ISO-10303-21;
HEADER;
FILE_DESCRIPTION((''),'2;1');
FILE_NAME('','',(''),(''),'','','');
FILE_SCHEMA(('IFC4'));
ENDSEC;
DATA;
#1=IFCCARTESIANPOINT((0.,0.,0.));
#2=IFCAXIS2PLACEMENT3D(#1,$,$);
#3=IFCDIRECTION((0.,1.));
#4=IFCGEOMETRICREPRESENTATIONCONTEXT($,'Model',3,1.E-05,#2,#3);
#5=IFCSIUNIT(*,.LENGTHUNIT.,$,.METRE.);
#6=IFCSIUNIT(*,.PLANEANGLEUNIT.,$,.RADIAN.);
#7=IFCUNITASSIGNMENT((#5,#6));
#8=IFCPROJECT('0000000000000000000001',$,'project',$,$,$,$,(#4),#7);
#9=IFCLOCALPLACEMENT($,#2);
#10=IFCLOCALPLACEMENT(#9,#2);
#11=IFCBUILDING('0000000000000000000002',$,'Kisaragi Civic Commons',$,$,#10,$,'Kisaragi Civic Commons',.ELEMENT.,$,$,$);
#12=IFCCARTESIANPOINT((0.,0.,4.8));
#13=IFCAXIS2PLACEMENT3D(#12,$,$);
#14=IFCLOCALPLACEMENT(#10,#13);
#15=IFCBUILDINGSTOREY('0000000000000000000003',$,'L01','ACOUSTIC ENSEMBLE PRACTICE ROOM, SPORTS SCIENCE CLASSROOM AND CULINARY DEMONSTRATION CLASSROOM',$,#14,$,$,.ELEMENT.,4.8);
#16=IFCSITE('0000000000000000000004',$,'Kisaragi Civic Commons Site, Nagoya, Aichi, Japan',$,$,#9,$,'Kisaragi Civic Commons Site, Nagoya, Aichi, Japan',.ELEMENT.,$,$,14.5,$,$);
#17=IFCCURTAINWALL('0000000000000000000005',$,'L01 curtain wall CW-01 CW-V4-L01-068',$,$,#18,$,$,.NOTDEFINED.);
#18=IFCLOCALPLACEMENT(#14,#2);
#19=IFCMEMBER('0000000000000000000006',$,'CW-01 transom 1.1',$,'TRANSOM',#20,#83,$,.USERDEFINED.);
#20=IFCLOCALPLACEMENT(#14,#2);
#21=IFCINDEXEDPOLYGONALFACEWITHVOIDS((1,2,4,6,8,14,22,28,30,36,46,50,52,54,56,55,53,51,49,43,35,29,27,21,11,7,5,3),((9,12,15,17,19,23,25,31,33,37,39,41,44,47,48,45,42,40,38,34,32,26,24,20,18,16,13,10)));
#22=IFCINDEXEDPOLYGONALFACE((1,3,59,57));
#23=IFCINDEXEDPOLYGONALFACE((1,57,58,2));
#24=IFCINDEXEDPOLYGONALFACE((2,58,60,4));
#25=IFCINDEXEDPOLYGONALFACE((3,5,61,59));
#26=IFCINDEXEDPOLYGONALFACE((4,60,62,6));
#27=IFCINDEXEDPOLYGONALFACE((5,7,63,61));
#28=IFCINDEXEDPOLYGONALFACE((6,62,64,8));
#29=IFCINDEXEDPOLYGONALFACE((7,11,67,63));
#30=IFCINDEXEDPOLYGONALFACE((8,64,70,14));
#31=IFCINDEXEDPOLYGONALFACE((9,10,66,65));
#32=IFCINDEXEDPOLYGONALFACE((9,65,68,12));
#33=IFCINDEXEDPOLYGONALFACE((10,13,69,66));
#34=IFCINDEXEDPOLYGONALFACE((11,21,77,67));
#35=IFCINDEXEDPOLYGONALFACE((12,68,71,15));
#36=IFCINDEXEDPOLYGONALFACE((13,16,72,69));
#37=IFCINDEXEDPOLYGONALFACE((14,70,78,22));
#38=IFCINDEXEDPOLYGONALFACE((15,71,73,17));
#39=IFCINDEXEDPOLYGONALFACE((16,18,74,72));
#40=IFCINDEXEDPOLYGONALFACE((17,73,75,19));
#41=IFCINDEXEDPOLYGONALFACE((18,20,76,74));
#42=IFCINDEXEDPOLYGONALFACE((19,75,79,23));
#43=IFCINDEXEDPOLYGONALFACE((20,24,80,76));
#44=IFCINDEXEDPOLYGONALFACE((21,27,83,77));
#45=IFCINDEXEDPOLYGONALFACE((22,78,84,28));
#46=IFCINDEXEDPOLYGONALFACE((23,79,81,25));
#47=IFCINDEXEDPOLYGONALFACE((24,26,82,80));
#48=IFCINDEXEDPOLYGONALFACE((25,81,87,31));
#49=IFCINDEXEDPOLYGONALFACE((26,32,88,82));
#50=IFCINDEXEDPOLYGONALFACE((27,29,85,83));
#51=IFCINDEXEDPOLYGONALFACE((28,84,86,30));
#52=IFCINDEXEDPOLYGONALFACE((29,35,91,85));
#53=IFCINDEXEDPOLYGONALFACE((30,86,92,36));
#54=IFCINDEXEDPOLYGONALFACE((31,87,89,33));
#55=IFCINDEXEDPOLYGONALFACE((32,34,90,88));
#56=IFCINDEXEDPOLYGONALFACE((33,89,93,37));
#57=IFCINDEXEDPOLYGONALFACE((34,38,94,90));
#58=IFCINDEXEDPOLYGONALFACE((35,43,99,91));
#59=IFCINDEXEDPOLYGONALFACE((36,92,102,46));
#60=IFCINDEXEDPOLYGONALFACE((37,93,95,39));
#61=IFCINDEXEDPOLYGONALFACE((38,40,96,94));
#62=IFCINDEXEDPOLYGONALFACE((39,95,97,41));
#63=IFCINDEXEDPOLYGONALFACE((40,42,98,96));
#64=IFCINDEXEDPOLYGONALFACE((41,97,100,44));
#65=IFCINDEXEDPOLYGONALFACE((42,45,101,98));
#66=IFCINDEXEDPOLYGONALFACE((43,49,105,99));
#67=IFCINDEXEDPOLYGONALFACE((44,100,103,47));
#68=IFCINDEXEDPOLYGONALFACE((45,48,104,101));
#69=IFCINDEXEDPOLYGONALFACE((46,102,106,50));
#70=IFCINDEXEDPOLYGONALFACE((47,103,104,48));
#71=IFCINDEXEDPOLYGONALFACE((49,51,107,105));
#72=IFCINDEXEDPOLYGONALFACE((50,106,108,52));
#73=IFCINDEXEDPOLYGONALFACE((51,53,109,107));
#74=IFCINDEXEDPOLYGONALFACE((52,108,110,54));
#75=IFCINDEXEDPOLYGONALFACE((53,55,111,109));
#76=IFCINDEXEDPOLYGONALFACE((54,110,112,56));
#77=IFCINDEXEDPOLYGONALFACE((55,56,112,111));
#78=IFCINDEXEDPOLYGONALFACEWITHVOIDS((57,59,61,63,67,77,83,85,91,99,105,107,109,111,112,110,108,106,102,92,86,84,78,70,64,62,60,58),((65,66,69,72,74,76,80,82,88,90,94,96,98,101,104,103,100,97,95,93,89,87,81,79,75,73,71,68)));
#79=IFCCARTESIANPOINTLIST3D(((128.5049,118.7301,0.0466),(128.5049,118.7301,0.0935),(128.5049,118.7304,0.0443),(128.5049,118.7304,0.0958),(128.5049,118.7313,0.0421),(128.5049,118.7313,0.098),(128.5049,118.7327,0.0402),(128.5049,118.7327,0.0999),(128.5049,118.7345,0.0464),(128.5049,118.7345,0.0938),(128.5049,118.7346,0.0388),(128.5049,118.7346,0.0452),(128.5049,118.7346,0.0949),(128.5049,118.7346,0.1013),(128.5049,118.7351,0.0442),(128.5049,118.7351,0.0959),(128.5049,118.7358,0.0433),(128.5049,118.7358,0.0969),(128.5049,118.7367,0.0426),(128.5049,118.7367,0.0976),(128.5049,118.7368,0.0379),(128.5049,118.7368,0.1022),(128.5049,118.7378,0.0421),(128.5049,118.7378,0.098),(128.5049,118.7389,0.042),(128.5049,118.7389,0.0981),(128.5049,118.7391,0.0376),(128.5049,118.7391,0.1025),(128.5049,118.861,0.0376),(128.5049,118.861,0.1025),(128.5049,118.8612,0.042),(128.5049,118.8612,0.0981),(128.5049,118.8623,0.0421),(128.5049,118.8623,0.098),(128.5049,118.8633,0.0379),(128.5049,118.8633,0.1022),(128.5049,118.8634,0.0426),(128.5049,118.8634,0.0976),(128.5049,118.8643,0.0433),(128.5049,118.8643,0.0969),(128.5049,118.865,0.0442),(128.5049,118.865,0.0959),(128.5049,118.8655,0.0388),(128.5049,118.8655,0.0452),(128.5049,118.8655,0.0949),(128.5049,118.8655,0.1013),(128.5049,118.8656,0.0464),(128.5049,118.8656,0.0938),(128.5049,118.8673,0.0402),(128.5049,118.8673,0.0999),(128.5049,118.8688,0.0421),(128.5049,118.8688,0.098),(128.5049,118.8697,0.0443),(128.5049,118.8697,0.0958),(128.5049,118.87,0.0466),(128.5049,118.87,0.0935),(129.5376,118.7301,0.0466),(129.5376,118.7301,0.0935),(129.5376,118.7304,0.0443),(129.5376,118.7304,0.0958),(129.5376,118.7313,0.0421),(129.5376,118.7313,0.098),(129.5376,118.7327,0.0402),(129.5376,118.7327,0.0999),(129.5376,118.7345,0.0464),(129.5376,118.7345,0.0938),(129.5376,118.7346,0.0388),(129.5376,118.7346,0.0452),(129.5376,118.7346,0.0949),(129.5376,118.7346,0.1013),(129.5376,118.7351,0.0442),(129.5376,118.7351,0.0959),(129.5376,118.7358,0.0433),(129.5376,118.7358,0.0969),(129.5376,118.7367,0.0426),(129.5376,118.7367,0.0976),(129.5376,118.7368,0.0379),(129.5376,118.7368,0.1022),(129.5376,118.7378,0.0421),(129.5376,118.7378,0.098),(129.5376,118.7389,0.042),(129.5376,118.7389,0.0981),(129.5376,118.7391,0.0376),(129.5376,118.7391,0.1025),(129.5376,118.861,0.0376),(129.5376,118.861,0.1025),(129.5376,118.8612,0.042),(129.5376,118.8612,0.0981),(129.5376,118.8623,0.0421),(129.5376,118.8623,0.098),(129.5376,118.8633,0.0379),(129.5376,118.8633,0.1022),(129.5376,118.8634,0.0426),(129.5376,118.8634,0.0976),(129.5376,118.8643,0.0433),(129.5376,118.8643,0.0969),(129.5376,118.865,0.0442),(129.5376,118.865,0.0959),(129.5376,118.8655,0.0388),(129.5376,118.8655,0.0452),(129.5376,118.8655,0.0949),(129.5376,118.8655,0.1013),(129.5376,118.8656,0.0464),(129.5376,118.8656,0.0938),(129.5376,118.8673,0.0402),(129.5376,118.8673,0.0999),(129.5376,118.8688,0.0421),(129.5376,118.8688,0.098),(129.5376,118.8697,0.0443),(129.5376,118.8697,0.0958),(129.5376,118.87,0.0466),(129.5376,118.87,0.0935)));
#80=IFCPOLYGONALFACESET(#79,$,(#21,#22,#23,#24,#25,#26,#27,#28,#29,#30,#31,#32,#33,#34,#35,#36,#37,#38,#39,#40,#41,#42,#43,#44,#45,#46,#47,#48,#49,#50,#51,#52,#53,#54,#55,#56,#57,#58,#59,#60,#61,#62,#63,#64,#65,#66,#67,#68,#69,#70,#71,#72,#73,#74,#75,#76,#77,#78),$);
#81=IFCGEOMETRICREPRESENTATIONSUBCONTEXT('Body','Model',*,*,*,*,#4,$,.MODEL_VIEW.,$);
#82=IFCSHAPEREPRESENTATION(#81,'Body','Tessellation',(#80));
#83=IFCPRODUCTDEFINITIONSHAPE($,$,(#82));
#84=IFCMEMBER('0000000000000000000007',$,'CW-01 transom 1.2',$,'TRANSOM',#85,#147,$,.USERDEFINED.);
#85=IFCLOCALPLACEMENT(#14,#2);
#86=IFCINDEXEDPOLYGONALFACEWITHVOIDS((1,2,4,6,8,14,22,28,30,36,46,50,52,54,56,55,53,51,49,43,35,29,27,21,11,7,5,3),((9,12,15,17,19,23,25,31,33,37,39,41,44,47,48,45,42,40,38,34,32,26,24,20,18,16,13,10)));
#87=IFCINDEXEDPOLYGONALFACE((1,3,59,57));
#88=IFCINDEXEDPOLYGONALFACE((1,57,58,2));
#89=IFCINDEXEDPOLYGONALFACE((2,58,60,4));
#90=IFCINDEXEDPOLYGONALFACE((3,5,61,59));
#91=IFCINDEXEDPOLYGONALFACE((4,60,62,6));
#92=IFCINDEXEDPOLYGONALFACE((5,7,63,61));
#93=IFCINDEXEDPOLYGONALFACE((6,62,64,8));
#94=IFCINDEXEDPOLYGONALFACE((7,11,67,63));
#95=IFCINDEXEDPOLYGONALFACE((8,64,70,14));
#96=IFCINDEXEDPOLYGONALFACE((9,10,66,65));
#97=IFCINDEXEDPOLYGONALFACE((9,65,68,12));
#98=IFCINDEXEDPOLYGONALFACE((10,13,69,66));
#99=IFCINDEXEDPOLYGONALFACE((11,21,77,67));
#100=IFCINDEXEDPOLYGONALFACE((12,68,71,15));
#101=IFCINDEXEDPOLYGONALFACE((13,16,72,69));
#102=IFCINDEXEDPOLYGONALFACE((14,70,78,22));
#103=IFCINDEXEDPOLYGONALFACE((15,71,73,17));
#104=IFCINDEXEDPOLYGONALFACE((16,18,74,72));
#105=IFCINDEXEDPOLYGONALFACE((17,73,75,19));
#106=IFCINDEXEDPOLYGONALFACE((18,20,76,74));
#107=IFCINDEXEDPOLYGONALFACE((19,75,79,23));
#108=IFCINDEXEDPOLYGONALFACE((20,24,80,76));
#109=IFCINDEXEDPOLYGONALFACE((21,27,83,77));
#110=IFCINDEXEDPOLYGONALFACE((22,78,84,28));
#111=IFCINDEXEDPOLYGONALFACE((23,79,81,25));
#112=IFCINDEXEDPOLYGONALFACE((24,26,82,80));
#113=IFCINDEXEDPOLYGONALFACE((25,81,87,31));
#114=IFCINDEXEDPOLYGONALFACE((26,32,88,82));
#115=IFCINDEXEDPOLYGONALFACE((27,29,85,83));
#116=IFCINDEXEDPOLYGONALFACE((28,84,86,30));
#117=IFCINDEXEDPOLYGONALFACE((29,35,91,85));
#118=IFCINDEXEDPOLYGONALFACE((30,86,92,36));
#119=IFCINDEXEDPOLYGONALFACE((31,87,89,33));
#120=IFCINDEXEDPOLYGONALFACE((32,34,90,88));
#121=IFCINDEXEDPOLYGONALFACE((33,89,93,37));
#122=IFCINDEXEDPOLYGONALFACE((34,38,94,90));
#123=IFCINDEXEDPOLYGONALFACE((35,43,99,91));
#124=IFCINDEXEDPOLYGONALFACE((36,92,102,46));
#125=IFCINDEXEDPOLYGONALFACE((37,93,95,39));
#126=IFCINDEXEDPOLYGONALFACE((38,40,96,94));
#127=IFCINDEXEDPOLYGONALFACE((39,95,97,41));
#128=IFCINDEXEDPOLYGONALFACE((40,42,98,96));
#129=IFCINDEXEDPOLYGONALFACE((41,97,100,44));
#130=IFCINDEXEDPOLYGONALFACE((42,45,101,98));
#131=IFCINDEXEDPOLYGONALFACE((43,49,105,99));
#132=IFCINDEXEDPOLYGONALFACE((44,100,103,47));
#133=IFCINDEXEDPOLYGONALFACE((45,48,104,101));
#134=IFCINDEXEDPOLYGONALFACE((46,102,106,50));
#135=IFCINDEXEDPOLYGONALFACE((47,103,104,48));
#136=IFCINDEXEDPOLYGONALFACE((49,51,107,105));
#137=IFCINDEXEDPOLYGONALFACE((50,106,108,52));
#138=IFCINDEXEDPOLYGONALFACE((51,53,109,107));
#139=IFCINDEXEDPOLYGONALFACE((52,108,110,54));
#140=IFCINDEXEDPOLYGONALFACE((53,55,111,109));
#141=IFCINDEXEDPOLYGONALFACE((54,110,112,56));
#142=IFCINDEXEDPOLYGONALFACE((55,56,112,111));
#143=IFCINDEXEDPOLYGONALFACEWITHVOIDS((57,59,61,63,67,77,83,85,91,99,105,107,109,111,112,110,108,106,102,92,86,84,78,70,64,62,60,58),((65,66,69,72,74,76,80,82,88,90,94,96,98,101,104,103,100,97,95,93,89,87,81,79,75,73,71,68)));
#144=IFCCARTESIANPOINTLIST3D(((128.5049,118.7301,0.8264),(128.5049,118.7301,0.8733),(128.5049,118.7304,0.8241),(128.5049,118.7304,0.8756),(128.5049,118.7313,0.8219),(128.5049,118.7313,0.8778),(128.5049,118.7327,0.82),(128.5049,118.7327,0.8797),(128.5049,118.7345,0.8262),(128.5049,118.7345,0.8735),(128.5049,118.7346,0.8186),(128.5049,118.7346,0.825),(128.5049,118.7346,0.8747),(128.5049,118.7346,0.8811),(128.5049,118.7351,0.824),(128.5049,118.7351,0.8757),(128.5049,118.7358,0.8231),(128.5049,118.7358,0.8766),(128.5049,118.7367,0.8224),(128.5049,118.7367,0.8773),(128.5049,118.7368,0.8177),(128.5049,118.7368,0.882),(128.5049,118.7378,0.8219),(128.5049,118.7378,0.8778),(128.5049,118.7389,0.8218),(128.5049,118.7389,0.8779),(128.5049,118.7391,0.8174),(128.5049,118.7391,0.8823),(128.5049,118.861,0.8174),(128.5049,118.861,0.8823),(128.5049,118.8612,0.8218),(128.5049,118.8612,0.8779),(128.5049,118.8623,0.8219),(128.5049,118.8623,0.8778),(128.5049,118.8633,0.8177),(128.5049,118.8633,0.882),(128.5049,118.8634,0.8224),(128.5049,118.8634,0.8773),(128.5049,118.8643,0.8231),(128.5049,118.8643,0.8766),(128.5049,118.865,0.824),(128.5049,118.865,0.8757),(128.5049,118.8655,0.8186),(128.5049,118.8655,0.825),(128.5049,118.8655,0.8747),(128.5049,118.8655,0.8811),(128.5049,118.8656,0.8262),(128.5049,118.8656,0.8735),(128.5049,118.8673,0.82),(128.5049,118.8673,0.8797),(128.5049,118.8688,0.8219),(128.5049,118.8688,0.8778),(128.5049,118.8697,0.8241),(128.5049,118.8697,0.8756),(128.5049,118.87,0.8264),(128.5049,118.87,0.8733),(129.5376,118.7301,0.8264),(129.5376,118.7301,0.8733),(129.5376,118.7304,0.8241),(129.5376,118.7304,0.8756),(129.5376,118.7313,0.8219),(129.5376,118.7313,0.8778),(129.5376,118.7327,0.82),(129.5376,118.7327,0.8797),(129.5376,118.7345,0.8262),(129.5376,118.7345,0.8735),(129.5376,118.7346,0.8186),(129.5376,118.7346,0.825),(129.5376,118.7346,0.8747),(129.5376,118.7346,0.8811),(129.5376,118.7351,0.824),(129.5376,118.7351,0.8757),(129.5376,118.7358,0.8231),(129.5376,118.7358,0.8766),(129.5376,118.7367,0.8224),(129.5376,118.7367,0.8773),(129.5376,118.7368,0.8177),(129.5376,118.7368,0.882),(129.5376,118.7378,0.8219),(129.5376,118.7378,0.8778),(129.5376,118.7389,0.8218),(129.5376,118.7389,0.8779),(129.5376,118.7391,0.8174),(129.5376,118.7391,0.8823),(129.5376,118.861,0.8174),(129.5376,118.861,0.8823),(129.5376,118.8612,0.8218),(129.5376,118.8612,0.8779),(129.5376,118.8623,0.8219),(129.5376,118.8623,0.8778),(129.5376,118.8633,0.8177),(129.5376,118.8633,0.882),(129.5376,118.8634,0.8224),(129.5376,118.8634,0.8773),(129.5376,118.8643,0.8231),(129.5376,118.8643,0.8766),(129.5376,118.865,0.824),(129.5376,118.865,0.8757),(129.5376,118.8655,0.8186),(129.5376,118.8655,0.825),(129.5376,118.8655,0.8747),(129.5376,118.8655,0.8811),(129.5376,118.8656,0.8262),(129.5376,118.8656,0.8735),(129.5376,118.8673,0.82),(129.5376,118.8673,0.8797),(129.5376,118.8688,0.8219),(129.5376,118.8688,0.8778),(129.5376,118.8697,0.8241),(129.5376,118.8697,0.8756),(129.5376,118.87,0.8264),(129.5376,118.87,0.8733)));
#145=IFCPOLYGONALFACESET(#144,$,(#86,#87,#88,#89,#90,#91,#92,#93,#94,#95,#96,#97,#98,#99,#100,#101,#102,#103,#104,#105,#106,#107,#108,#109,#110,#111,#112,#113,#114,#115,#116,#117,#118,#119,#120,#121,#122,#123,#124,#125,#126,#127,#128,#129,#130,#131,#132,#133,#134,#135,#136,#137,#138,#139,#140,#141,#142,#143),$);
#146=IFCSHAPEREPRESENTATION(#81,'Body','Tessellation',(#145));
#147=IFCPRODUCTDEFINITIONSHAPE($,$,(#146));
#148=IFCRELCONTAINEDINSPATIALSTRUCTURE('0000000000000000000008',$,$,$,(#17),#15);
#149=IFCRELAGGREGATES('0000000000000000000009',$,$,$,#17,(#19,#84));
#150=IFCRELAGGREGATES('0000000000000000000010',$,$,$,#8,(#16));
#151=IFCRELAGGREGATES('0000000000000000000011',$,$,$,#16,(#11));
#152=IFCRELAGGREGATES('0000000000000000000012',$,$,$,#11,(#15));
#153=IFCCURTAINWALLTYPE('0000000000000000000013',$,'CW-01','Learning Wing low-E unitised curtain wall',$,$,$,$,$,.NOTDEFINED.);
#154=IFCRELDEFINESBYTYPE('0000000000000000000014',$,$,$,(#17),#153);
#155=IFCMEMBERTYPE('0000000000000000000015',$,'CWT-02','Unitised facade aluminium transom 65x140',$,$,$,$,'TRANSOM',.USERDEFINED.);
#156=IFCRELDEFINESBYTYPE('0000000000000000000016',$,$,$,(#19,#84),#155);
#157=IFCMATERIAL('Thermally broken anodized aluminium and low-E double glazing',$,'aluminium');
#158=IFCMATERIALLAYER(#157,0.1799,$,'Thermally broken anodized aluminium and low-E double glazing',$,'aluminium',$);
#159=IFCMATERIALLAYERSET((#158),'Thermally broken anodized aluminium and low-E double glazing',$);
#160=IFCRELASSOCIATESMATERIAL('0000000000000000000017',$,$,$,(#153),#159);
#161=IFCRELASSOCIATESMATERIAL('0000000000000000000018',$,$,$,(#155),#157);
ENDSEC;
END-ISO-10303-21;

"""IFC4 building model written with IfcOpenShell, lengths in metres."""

from ifc_helpers import new_model, si_unit, direction, frame, origin, origin_2d, place, context, subcontext, project, spatial, hollow_rectangle, extrude, material, layer, layer_set, material_profile, profile_set, type_object, element, aggregate, save


model = new_model("IFC4")

# Units and contexts
model_context = context("Model", 3, precision=1e-05, world=origin(), true_north=direction((0.0, 1.0)))
body_context = subcontext(model_context, "Body", "Model", "MODEL_VIEW")
ifc_project = project(units=[si_unit("LENGTHUNIT", "METRE"), si_unit("PLANEANGLEUNIT", "RADIAN")], contexts=[model_context])

# Site, building, storey
site_placement = place(None, origin())
site = spatial("IfcSite", under=ifc_project, at=site_placement, Name="Kisaragi Civic Commons Site, Nagoya, Aichi, Japan", LongName="Kisaragi Civic Commons Site, Nagoya, Aichi, Japan", CompositionType="ELEMENT", RefElevation=14.5)
building_placement = place(site_placement, origin())
building = spatial("IfcBuilding", under=site, at=building_placement, Name="Kisaragi Civic Commons", LongName="Kisaragi Civic Commons", CompositionType="ELEMENT")
storey_placement = place(building_placement, frame((0.0, 0.0, 4.8)))
storey = spatial("IfcBuildingStorey", under=building, at=storey_placement, Name="L01", Description="ACOUSTIC ENSEMBLE PRACTICE ROOM, SPORTS SCIENCE CLASSROOM AND CULINARY DEMONSTRATION CLASSROOM", CompositionType="ELEMENT", Elevation=4.8)

# Shared definitions
ifc_material = material(Name="Thermally broken anodized aluminium and low-E double glazing", Category="aluminium")
ifc_layer_1 = layer(ifc_material, 0.1799, Name="Thermally broken anodized aluminium and low-E double glazing", Category="aluminium")
ifc_layer_set_1 = layer_set([ifc_layer_1], Name="Thermally broken anodized aluminium and low-E double glazing")
curtain_wall_type = type_object("IfcCurtainWallType", Name="CW-01", Description="Learning Wing low-E unitised curtain wall", PredefinedType="NOTDEFINED", material=ifc_layer_set_1)

# Curtain wall
curtain_wall_1_placement = place(storey_placement, origin())
curtain_wall_1 = element("IfcCurtainWall", 1, at=curtain_wall_1_placement, inside=storey, type_object=curtain_wall_type, Name="L01 curtain wall CW-01 CW-V4-L01-068", PredefinedType="NOTDEFINED")

# Members
ifc_material_profile_1 = material_profile(ifc_material, hollow_rectangle(XDim=0.1399, YDim=0.0649, WallThickness=0.0044, InnerFilletRadius=0.0044, OuterFilletRadius=0.009, at=origin_2d()), Name="CWT-65x140x4.5", Category="aluminium")
ifc_profile_set_1 = profile_set([ifc_material_profile_1], Name="Thermally broken anodized aluminium and low-E double glazing")
member_type_1 = type_object("IfcMemberType", Name="CWT-02", Description="Unitised facade aluminium transom 65x140", ElementType="TRANSOM", PredefinedType="USERDEFINED", material=ifc_profile_set_1)
member_1_placement = place(storey_placement, frame((128.5049, 118.8, 0.0701), z_axis=(1.0, 0.0, 0.0), x_axis=(0.0, 1.0, 0.0)))
member_1 = element("IfcMember", 2, at=member_1_placement, type_object=member_type_1, Name="CW-01 transom 1.1", ObjectType="TRANSOM", PredefinedType="USERDEFINED", context=body_context, shape_type="SweptSolid", body=[
    extrude(hollow_rectangle(XDim=0.1399, YDim=0.0649, WallThickness=0.0044, InnerFilletRadius=0.0044, OuterFilletRadius=0.009, at=origin_2d()), origin(), (0.0, 0.0, 1.0), 1.0327),
])
member_2_placement = place(storey_placement, frame((128.5049, 118.8, 0.8499), z_axis=(1.0, 0.0, 0.0), x_axis=(0.0, 1.0, 0.0)))
member_2 = element("IfcMember", 3, at=member_2_placement, type_object=member_type_1, Name="CW-01 transom 1.2", ObjectType="TRANSOM", PredefinedType="USERDEFINED", context=body_context, shape_type="SweptSolid", body=[
    extrude(hollow_rectangle(XDim=0.1399, YDim=0.0649, WallThickness=0.0044, InnerFilletRadius=0.0044, OuterFilletRadius=0.009, at=origin_2d()), origin(), (0.0, 0.0, 1.0), 1.0327),
])
aggregate(curtain_wall_1, [member_1, member_2])

save(model, "model.ifc")
